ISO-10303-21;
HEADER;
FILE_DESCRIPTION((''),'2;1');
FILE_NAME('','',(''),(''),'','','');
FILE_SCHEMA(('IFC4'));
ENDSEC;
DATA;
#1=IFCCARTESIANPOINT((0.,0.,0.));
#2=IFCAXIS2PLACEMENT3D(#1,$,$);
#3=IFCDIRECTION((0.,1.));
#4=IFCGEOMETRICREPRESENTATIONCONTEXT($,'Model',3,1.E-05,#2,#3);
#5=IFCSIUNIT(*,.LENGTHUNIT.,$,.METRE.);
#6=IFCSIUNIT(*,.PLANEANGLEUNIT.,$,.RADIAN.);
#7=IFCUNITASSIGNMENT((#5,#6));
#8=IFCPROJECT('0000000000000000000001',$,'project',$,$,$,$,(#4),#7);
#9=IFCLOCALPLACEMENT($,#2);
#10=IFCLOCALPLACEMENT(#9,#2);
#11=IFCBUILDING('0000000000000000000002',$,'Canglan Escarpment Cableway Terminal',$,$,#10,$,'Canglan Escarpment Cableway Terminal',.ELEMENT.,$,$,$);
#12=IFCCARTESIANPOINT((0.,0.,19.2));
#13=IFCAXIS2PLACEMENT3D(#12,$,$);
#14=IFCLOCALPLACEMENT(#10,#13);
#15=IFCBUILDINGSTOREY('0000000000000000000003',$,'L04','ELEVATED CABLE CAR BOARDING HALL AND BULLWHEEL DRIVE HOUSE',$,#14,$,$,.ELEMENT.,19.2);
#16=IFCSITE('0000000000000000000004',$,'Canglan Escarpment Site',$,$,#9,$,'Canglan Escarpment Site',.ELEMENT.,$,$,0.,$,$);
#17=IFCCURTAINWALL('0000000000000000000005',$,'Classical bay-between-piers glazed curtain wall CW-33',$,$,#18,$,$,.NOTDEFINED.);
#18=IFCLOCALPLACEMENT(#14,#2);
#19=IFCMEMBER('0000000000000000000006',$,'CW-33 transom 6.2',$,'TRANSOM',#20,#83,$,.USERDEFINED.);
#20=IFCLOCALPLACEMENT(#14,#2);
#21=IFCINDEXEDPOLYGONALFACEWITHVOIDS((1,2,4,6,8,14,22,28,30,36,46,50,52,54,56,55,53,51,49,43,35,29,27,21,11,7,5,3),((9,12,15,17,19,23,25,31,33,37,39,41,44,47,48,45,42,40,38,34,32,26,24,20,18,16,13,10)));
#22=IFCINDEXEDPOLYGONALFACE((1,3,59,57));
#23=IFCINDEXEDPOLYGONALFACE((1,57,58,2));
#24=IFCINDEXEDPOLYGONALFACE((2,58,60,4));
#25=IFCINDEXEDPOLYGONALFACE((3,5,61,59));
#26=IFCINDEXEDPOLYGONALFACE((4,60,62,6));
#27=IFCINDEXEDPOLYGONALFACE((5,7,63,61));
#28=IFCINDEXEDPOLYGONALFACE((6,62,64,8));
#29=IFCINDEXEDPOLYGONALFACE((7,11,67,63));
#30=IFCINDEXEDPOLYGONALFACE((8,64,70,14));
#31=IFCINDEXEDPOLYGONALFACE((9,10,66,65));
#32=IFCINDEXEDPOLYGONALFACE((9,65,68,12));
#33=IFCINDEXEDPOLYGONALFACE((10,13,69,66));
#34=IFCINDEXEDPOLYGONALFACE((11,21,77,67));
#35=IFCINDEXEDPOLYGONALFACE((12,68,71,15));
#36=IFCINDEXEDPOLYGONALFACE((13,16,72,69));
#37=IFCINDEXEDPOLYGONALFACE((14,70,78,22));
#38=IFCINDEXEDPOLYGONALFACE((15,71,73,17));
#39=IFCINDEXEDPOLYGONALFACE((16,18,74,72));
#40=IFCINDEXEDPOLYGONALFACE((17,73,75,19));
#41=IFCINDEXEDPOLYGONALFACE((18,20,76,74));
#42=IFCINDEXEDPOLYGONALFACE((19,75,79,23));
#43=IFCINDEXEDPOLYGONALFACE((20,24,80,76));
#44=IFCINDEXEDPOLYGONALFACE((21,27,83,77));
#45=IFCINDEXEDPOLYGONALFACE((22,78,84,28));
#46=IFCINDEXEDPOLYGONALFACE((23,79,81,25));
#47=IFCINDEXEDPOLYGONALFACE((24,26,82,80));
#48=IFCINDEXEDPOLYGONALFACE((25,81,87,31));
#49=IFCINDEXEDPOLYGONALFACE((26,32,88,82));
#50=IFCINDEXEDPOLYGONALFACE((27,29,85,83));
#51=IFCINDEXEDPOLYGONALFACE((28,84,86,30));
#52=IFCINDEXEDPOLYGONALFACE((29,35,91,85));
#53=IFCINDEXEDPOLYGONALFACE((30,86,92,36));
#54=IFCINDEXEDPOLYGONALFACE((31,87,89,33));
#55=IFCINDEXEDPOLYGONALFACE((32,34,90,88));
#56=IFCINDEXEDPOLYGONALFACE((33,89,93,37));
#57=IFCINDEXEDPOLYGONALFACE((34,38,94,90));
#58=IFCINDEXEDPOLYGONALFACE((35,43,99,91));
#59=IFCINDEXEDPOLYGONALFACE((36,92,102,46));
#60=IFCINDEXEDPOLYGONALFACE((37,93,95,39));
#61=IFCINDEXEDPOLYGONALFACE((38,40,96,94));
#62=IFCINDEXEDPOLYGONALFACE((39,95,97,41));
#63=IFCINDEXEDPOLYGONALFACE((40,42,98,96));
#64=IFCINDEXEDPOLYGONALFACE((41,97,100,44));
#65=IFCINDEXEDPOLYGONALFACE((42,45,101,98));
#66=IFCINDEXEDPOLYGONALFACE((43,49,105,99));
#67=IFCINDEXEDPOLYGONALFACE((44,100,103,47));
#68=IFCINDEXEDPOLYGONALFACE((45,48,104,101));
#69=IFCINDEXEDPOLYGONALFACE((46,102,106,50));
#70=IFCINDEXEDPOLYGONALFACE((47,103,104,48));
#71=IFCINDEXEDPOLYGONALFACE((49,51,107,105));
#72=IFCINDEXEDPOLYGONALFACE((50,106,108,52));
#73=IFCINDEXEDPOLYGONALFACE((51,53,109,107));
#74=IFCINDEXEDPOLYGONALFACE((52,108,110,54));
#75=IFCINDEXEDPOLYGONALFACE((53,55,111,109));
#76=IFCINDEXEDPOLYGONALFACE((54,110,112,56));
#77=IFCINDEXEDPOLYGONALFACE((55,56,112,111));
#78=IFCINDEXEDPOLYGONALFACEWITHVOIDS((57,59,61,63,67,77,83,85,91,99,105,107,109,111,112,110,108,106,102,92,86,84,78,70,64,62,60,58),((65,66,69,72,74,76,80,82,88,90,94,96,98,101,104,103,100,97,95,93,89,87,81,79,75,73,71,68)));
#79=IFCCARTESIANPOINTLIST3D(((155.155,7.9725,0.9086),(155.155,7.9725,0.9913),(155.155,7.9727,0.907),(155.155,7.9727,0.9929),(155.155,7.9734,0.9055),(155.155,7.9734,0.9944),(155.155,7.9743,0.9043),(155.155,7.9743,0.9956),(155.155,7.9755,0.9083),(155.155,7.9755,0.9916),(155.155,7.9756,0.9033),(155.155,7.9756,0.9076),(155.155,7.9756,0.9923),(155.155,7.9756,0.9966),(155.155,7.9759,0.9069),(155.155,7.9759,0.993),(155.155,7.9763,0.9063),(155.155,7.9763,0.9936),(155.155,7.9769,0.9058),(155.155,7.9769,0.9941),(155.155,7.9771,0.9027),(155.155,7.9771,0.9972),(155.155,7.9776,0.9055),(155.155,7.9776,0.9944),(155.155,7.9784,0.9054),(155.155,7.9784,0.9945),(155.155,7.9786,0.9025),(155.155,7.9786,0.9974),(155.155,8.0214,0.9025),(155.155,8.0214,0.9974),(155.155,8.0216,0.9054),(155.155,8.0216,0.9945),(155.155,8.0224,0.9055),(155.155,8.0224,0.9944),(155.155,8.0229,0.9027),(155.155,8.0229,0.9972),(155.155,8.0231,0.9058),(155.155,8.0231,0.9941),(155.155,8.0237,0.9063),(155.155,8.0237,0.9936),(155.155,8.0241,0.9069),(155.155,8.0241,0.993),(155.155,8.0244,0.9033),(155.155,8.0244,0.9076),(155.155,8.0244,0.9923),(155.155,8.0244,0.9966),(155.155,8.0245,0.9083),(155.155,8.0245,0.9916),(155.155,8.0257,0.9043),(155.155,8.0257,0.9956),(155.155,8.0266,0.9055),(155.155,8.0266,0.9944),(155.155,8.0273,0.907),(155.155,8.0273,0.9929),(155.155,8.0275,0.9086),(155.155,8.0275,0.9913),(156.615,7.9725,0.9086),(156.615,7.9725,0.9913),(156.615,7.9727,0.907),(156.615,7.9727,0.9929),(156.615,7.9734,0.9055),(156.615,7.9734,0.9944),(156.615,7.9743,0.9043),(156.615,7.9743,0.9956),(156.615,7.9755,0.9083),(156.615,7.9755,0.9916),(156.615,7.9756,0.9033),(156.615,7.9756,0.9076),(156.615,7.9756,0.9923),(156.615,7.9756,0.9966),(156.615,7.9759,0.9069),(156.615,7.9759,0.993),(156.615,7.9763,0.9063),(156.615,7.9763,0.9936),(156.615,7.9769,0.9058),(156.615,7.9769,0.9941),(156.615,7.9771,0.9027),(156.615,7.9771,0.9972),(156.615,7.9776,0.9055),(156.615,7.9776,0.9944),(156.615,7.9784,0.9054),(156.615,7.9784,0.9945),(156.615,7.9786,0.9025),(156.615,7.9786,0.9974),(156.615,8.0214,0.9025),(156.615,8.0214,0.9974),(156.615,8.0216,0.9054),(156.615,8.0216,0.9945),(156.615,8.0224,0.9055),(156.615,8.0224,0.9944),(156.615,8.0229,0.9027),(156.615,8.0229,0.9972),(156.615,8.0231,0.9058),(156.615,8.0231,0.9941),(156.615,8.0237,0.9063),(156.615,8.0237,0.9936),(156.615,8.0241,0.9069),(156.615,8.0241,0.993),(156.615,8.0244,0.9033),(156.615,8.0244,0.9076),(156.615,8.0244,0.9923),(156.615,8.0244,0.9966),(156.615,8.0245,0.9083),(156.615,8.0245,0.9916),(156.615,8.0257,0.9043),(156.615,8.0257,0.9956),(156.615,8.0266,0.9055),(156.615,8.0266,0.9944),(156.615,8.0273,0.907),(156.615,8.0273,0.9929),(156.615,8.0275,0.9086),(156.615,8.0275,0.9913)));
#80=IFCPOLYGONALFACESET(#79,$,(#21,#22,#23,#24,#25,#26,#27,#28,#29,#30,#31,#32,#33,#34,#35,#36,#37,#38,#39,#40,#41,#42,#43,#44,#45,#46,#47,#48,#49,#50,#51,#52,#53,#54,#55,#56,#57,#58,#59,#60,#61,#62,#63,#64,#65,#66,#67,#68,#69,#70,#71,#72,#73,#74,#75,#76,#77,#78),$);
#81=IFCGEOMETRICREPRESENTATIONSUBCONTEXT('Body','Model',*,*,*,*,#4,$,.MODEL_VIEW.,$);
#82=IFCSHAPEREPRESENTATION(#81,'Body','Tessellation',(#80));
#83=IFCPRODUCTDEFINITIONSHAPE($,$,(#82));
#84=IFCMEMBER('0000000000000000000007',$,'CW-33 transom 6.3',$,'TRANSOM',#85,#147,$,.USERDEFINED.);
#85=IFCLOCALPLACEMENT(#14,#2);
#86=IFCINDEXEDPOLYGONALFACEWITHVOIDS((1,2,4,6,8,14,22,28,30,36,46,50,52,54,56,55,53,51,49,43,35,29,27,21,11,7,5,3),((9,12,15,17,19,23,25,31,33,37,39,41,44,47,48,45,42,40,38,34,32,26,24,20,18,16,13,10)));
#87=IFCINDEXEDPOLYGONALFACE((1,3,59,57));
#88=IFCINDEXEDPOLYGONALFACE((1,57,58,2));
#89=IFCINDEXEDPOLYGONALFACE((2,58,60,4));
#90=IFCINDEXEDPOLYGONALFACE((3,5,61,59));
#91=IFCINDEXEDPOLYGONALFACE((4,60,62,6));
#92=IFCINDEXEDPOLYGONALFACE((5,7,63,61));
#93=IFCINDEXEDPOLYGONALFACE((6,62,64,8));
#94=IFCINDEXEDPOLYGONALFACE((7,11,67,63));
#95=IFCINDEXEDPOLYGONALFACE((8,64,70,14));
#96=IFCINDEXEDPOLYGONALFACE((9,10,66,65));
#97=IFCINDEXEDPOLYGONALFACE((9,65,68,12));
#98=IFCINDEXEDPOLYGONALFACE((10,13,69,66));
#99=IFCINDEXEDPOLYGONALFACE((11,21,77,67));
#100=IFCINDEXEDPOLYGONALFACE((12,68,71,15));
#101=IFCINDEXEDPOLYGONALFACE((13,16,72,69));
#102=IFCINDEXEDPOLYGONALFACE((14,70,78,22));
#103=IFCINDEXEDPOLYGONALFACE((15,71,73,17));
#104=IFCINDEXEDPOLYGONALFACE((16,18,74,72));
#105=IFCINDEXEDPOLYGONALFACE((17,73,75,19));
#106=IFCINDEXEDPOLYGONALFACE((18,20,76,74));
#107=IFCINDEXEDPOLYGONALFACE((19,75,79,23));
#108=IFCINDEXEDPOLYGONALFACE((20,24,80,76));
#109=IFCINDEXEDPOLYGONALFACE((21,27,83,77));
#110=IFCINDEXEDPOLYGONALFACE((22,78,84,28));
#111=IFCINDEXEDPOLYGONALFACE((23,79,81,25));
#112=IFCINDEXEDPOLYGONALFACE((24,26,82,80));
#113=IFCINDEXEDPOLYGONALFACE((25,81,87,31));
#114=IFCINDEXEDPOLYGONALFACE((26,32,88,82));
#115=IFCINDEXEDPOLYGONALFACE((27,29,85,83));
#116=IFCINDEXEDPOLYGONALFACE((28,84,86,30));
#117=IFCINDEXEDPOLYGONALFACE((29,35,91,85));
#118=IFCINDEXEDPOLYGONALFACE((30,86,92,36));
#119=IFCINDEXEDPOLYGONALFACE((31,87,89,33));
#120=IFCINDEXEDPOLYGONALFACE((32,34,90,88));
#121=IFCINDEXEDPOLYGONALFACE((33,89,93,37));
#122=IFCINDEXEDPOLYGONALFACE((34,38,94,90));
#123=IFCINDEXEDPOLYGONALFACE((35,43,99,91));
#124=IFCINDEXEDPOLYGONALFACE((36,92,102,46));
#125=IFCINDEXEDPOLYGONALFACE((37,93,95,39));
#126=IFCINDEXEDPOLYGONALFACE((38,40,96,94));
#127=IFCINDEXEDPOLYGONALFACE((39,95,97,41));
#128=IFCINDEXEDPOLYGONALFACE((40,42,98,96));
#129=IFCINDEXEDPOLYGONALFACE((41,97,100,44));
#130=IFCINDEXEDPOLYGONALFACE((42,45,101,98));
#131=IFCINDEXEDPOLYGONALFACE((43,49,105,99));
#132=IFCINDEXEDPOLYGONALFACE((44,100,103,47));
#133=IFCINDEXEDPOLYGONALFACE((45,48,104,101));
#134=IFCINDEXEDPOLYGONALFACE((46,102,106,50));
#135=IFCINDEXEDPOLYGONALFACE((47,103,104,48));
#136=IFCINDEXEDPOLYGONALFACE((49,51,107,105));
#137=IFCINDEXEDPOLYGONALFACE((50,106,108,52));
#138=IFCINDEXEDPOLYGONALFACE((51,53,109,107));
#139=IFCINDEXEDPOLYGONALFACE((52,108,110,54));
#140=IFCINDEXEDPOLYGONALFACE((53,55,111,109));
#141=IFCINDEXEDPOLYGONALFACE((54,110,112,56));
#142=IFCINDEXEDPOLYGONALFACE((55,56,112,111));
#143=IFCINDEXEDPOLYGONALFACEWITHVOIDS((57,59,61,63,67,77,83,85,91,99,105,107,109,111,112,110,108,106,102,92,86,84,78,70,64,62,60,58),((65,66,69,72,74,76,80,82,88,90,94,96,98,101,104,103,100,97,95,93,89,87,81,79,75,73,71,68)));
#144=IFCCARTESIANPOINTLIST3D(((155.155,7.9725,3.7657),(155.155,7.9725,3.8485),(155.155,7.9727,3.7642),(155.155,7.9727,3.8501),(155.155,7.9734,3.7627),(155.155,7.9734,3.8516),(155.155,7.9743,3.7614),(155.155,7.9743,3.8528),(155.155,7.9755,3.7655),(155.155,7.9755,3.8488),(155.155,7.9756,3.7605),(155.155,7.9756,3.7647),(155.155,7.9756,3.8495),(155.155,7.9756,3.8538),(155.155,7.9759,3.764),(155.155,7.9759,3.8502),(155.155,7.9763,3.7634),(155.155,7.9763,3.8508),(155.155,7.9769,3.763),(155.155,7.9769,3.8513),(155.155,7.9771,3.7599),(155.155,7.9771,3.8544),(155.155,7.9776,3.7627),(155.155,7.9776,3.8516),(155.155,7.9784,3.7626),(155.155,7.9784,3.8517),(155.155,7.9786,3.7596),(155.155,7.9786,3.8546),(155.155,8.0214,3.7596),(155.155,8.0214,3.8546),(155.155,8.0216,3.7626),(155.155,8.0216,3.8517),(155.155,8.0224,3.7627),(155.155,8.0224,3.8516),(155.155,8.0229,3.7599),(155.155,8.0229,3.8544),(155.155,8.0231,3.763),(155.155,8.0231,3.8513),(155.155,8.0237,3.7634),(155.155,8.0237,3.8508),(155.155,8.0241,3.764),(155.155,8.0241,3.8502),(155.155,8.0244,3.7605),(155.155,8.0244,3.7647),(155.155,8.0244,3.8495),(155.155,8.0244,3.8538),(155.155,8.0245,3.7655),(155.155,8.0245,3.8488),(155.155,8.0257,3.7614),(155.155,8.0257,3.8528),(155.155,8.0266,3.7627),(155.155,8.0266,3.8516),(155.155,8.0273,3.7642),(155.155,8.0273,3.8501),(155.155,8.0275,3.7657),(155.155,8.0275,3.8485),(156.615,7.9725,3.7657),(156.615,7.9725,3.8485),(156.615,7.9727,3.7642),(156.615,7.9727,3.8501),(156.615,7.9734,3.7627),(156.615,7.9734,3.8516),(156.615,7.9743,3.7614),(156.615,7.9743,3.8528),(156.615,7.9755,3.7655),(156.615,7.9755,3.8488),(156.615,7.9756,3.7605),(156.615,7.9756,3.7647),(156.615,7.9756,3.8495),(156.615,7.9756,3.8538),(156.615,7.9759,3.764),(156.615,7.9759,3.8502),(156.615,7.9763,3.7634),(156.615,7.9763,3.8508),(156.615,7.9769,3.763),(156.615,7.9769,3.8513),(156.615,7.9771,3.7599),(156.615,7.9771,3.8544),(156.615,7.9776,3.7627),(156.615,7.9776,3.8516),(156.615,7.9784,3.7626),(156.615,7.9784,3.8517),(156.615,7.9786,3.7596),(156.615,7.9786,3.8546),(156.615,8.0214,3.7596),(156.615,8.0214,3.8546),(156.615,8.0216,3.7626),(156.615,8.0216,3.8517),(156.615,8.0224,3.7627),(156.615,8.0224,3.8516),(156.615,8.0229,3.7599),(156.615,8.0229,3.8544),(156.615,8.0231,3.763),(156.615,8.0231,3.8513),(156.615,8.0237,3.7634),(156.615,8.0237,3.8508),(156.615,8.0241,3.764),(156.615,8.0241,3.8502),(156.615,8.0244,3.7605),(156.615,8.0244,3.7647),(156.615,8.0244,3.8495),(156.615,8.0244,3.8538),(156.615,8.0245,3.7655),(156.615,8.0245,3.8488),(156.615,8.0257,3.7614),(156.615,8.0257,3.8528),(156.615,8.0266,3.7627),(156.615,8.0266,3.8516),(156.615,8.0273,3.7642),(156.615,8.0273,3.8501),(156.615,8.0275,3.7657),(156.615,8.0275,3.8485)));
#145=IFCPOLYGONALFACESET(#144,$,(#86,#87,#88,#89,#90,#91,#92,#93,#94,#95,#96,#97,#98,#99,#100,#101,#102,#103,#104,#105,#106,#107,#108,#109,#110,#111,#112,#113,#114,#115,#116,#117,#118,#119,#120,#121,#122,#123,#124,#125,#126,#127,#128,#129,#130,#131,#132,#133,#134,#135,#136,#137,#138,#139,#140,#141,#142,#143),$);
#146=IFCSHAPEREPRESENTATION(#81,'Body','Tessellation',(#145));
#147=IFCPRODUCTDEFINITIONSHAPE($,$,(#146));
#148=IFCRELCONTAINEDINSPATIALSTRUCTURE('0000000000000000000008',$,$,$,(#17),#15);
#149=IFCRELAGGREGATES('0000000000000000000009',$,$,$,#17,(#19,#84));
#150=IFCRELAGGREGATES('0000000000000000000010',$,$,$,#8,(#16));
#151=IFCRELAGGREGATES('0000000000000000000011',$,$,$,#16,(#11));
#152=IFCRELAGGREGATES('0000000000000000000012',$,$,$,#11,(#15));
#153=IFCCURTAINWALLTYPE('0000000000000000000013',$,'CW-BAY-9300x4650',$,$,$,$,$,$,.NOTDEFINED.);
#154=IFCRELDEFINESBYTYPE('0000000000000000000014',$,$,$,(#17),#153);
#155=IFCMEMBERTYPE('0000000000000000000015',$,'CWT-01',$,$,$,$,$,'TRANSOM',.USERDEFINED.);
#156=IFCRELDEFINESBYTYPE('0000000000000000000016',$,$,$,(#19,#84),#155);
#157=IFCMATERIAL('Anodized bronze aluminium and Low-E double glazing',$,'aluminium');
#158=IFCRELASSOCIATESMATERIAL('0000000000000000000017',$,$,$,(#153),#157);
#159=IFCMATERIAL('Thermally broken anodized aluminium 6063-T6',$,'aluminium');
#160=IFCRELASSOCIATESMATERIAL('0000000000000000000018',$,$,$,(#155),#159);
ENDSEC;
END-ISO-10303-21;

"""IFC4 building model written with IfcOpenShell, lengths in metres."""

from ifc_helpers import new_model, si_unit, direction, frame, origin, origin_2d, place, context, subcontext, project, spatial, hollow_rectangle, extrude, material, material_profile, profile_set, type_object, element, aggregate, save


model = new_model("IFC4")

# Units and contexts
model_context = context("Model", 3, precision=1e-05, world=origin(), true_north=direction((0.0, 1.0)))
body_context = subcontext(model_context, "Body", "Model", "MODEL_VIEW")
ifc_project = project(units=[si_unit("LENGTHUNIT", "METRE"), si_unit("PLANEANGLEUNIT", "RADIAN")], contexts=[model_context])

# Site, building, storey
site_placement = place(None, origin())
site = spatial("IfcSite", under=ifc_project, at=site_placement, Name="Canglan Escarpment Site", LongName="Canglan Escarpment Site", CompositionType="ELEMENT", RefElevation=0.0)
building_placement = place(site_placement, origin())
building = spatial("IfcBuilding", under=site, at=building_placement, Name="Canglan Escarpment Cableway Terminal", LongName="Canglan Escarpment Cableway Terminal", CompositionType="ELEMENT")
storey_placement = place(building_placement, frame((0.0, 0.0, 19.2)))
storey = spatial("IfcBuildingStorey", under=building, at=storey_placement, Name="L04", Description="ELEVATED CABLE CAR BOARDING HALL AND BULLWHEEL DRIVE HOUSE", CompositionType="ELEMENT", Elevation=19.2)

# Curtain wall
ifc_material_1 = material(Name="Anodized bronze aluminium and Low-E double glazing", Category="aluminium")
curtain_wall_type = type_object("IfcCurtainWallType", Name="CW-BAY-9300x4650", PredefinedType="NOTDEFINED", material=ifc_material_1)
curtain_wall_1_placement = place(storey_placement, origin())
curtain_wall_1 = element("IfcCurtainWall", 1, at=curtain_wall_1_placement, inside=storey, type_object=curtain_wall_type, Name="Classical bay-between-piers glazed curtain wall CW-33", PredefinedType="NOTDEFINED")
ifc_material_2 = material(Name="Thermally broken anodized aluminium 6063-T6", Category="aluminium")

# Members
ifc_material_profile_1 = material_profile(ifc_material_2, hollow_rectangle(XDim=0.0549, YDim=0.095, WallThickness=0.0029, InnerFilletRadius=0.0029, OuterFilletRadius=0.0061, at=origin_2d()), Name="ALU-TRAN 55x95x3")
ifc_profile_set_1 = profile_set([ifc_material_profile_1], Name="Thermally broken anodized aluminium 6063-T6")
member_type_1 = type_object("IfcMemberType", Name="CWT-01", ElementType="TRANSOM", PredefinedType="USERDEFINED", material=ifc_profile_set_1)
member_1_placement = place(storey_placement, frame((155.155, 8.0, 0.95), z_axis=(1.0, 0.0, 0.0), x_axis=(0.0, 1.0, 0.0)))
member_1 = element("IfcMember", 2, at=member_1_placement, type_object=member_type_1, Name="CW-33 transom 6.2", ObjectType="TRANSOM", PredefinedType="USERDEFINED", context=body_context, shape_type="SweptSolid", body=[
    extrude(hollow_rectangle(XDim=0.0549, YDim=0.095, WallThickness=0.0029, InnerFilletRadius=0.0029, OuterFilletRadius=0.0061, at=origin_2d()), origin(), (0.0, 0.0, 1.0), 1.46),
])
member_2_placement = place(storey_placement, frame((155.155, 8.0, 3.8071), z_axis=(1.0, 0.0, 0.0), x_axis=(0.0, 1.0, 0.0)))
member_2 = element("IfcMember", 3, at=member_2_placement, type_object=member_type_1, Name="CW-33 transom 6.3", ObjectType="TRANSOM", PredefinedType="USERDEFINED", context=body_context, shape_type="SweptSolid", body=[
    extrude(hollow_rectangle(XDim=0.0549, YDim=0.095, WallThickness=0.0029, InnerFilletRadius=0.0029, OuterFilletRadius=0.0061, at=origin_2d()), origin(), (0.0, 0.0, 1.0), 1.46),
])

aggregate(curtain_wall_1, [member_1, member_2])

save(model, "model.ifc")
